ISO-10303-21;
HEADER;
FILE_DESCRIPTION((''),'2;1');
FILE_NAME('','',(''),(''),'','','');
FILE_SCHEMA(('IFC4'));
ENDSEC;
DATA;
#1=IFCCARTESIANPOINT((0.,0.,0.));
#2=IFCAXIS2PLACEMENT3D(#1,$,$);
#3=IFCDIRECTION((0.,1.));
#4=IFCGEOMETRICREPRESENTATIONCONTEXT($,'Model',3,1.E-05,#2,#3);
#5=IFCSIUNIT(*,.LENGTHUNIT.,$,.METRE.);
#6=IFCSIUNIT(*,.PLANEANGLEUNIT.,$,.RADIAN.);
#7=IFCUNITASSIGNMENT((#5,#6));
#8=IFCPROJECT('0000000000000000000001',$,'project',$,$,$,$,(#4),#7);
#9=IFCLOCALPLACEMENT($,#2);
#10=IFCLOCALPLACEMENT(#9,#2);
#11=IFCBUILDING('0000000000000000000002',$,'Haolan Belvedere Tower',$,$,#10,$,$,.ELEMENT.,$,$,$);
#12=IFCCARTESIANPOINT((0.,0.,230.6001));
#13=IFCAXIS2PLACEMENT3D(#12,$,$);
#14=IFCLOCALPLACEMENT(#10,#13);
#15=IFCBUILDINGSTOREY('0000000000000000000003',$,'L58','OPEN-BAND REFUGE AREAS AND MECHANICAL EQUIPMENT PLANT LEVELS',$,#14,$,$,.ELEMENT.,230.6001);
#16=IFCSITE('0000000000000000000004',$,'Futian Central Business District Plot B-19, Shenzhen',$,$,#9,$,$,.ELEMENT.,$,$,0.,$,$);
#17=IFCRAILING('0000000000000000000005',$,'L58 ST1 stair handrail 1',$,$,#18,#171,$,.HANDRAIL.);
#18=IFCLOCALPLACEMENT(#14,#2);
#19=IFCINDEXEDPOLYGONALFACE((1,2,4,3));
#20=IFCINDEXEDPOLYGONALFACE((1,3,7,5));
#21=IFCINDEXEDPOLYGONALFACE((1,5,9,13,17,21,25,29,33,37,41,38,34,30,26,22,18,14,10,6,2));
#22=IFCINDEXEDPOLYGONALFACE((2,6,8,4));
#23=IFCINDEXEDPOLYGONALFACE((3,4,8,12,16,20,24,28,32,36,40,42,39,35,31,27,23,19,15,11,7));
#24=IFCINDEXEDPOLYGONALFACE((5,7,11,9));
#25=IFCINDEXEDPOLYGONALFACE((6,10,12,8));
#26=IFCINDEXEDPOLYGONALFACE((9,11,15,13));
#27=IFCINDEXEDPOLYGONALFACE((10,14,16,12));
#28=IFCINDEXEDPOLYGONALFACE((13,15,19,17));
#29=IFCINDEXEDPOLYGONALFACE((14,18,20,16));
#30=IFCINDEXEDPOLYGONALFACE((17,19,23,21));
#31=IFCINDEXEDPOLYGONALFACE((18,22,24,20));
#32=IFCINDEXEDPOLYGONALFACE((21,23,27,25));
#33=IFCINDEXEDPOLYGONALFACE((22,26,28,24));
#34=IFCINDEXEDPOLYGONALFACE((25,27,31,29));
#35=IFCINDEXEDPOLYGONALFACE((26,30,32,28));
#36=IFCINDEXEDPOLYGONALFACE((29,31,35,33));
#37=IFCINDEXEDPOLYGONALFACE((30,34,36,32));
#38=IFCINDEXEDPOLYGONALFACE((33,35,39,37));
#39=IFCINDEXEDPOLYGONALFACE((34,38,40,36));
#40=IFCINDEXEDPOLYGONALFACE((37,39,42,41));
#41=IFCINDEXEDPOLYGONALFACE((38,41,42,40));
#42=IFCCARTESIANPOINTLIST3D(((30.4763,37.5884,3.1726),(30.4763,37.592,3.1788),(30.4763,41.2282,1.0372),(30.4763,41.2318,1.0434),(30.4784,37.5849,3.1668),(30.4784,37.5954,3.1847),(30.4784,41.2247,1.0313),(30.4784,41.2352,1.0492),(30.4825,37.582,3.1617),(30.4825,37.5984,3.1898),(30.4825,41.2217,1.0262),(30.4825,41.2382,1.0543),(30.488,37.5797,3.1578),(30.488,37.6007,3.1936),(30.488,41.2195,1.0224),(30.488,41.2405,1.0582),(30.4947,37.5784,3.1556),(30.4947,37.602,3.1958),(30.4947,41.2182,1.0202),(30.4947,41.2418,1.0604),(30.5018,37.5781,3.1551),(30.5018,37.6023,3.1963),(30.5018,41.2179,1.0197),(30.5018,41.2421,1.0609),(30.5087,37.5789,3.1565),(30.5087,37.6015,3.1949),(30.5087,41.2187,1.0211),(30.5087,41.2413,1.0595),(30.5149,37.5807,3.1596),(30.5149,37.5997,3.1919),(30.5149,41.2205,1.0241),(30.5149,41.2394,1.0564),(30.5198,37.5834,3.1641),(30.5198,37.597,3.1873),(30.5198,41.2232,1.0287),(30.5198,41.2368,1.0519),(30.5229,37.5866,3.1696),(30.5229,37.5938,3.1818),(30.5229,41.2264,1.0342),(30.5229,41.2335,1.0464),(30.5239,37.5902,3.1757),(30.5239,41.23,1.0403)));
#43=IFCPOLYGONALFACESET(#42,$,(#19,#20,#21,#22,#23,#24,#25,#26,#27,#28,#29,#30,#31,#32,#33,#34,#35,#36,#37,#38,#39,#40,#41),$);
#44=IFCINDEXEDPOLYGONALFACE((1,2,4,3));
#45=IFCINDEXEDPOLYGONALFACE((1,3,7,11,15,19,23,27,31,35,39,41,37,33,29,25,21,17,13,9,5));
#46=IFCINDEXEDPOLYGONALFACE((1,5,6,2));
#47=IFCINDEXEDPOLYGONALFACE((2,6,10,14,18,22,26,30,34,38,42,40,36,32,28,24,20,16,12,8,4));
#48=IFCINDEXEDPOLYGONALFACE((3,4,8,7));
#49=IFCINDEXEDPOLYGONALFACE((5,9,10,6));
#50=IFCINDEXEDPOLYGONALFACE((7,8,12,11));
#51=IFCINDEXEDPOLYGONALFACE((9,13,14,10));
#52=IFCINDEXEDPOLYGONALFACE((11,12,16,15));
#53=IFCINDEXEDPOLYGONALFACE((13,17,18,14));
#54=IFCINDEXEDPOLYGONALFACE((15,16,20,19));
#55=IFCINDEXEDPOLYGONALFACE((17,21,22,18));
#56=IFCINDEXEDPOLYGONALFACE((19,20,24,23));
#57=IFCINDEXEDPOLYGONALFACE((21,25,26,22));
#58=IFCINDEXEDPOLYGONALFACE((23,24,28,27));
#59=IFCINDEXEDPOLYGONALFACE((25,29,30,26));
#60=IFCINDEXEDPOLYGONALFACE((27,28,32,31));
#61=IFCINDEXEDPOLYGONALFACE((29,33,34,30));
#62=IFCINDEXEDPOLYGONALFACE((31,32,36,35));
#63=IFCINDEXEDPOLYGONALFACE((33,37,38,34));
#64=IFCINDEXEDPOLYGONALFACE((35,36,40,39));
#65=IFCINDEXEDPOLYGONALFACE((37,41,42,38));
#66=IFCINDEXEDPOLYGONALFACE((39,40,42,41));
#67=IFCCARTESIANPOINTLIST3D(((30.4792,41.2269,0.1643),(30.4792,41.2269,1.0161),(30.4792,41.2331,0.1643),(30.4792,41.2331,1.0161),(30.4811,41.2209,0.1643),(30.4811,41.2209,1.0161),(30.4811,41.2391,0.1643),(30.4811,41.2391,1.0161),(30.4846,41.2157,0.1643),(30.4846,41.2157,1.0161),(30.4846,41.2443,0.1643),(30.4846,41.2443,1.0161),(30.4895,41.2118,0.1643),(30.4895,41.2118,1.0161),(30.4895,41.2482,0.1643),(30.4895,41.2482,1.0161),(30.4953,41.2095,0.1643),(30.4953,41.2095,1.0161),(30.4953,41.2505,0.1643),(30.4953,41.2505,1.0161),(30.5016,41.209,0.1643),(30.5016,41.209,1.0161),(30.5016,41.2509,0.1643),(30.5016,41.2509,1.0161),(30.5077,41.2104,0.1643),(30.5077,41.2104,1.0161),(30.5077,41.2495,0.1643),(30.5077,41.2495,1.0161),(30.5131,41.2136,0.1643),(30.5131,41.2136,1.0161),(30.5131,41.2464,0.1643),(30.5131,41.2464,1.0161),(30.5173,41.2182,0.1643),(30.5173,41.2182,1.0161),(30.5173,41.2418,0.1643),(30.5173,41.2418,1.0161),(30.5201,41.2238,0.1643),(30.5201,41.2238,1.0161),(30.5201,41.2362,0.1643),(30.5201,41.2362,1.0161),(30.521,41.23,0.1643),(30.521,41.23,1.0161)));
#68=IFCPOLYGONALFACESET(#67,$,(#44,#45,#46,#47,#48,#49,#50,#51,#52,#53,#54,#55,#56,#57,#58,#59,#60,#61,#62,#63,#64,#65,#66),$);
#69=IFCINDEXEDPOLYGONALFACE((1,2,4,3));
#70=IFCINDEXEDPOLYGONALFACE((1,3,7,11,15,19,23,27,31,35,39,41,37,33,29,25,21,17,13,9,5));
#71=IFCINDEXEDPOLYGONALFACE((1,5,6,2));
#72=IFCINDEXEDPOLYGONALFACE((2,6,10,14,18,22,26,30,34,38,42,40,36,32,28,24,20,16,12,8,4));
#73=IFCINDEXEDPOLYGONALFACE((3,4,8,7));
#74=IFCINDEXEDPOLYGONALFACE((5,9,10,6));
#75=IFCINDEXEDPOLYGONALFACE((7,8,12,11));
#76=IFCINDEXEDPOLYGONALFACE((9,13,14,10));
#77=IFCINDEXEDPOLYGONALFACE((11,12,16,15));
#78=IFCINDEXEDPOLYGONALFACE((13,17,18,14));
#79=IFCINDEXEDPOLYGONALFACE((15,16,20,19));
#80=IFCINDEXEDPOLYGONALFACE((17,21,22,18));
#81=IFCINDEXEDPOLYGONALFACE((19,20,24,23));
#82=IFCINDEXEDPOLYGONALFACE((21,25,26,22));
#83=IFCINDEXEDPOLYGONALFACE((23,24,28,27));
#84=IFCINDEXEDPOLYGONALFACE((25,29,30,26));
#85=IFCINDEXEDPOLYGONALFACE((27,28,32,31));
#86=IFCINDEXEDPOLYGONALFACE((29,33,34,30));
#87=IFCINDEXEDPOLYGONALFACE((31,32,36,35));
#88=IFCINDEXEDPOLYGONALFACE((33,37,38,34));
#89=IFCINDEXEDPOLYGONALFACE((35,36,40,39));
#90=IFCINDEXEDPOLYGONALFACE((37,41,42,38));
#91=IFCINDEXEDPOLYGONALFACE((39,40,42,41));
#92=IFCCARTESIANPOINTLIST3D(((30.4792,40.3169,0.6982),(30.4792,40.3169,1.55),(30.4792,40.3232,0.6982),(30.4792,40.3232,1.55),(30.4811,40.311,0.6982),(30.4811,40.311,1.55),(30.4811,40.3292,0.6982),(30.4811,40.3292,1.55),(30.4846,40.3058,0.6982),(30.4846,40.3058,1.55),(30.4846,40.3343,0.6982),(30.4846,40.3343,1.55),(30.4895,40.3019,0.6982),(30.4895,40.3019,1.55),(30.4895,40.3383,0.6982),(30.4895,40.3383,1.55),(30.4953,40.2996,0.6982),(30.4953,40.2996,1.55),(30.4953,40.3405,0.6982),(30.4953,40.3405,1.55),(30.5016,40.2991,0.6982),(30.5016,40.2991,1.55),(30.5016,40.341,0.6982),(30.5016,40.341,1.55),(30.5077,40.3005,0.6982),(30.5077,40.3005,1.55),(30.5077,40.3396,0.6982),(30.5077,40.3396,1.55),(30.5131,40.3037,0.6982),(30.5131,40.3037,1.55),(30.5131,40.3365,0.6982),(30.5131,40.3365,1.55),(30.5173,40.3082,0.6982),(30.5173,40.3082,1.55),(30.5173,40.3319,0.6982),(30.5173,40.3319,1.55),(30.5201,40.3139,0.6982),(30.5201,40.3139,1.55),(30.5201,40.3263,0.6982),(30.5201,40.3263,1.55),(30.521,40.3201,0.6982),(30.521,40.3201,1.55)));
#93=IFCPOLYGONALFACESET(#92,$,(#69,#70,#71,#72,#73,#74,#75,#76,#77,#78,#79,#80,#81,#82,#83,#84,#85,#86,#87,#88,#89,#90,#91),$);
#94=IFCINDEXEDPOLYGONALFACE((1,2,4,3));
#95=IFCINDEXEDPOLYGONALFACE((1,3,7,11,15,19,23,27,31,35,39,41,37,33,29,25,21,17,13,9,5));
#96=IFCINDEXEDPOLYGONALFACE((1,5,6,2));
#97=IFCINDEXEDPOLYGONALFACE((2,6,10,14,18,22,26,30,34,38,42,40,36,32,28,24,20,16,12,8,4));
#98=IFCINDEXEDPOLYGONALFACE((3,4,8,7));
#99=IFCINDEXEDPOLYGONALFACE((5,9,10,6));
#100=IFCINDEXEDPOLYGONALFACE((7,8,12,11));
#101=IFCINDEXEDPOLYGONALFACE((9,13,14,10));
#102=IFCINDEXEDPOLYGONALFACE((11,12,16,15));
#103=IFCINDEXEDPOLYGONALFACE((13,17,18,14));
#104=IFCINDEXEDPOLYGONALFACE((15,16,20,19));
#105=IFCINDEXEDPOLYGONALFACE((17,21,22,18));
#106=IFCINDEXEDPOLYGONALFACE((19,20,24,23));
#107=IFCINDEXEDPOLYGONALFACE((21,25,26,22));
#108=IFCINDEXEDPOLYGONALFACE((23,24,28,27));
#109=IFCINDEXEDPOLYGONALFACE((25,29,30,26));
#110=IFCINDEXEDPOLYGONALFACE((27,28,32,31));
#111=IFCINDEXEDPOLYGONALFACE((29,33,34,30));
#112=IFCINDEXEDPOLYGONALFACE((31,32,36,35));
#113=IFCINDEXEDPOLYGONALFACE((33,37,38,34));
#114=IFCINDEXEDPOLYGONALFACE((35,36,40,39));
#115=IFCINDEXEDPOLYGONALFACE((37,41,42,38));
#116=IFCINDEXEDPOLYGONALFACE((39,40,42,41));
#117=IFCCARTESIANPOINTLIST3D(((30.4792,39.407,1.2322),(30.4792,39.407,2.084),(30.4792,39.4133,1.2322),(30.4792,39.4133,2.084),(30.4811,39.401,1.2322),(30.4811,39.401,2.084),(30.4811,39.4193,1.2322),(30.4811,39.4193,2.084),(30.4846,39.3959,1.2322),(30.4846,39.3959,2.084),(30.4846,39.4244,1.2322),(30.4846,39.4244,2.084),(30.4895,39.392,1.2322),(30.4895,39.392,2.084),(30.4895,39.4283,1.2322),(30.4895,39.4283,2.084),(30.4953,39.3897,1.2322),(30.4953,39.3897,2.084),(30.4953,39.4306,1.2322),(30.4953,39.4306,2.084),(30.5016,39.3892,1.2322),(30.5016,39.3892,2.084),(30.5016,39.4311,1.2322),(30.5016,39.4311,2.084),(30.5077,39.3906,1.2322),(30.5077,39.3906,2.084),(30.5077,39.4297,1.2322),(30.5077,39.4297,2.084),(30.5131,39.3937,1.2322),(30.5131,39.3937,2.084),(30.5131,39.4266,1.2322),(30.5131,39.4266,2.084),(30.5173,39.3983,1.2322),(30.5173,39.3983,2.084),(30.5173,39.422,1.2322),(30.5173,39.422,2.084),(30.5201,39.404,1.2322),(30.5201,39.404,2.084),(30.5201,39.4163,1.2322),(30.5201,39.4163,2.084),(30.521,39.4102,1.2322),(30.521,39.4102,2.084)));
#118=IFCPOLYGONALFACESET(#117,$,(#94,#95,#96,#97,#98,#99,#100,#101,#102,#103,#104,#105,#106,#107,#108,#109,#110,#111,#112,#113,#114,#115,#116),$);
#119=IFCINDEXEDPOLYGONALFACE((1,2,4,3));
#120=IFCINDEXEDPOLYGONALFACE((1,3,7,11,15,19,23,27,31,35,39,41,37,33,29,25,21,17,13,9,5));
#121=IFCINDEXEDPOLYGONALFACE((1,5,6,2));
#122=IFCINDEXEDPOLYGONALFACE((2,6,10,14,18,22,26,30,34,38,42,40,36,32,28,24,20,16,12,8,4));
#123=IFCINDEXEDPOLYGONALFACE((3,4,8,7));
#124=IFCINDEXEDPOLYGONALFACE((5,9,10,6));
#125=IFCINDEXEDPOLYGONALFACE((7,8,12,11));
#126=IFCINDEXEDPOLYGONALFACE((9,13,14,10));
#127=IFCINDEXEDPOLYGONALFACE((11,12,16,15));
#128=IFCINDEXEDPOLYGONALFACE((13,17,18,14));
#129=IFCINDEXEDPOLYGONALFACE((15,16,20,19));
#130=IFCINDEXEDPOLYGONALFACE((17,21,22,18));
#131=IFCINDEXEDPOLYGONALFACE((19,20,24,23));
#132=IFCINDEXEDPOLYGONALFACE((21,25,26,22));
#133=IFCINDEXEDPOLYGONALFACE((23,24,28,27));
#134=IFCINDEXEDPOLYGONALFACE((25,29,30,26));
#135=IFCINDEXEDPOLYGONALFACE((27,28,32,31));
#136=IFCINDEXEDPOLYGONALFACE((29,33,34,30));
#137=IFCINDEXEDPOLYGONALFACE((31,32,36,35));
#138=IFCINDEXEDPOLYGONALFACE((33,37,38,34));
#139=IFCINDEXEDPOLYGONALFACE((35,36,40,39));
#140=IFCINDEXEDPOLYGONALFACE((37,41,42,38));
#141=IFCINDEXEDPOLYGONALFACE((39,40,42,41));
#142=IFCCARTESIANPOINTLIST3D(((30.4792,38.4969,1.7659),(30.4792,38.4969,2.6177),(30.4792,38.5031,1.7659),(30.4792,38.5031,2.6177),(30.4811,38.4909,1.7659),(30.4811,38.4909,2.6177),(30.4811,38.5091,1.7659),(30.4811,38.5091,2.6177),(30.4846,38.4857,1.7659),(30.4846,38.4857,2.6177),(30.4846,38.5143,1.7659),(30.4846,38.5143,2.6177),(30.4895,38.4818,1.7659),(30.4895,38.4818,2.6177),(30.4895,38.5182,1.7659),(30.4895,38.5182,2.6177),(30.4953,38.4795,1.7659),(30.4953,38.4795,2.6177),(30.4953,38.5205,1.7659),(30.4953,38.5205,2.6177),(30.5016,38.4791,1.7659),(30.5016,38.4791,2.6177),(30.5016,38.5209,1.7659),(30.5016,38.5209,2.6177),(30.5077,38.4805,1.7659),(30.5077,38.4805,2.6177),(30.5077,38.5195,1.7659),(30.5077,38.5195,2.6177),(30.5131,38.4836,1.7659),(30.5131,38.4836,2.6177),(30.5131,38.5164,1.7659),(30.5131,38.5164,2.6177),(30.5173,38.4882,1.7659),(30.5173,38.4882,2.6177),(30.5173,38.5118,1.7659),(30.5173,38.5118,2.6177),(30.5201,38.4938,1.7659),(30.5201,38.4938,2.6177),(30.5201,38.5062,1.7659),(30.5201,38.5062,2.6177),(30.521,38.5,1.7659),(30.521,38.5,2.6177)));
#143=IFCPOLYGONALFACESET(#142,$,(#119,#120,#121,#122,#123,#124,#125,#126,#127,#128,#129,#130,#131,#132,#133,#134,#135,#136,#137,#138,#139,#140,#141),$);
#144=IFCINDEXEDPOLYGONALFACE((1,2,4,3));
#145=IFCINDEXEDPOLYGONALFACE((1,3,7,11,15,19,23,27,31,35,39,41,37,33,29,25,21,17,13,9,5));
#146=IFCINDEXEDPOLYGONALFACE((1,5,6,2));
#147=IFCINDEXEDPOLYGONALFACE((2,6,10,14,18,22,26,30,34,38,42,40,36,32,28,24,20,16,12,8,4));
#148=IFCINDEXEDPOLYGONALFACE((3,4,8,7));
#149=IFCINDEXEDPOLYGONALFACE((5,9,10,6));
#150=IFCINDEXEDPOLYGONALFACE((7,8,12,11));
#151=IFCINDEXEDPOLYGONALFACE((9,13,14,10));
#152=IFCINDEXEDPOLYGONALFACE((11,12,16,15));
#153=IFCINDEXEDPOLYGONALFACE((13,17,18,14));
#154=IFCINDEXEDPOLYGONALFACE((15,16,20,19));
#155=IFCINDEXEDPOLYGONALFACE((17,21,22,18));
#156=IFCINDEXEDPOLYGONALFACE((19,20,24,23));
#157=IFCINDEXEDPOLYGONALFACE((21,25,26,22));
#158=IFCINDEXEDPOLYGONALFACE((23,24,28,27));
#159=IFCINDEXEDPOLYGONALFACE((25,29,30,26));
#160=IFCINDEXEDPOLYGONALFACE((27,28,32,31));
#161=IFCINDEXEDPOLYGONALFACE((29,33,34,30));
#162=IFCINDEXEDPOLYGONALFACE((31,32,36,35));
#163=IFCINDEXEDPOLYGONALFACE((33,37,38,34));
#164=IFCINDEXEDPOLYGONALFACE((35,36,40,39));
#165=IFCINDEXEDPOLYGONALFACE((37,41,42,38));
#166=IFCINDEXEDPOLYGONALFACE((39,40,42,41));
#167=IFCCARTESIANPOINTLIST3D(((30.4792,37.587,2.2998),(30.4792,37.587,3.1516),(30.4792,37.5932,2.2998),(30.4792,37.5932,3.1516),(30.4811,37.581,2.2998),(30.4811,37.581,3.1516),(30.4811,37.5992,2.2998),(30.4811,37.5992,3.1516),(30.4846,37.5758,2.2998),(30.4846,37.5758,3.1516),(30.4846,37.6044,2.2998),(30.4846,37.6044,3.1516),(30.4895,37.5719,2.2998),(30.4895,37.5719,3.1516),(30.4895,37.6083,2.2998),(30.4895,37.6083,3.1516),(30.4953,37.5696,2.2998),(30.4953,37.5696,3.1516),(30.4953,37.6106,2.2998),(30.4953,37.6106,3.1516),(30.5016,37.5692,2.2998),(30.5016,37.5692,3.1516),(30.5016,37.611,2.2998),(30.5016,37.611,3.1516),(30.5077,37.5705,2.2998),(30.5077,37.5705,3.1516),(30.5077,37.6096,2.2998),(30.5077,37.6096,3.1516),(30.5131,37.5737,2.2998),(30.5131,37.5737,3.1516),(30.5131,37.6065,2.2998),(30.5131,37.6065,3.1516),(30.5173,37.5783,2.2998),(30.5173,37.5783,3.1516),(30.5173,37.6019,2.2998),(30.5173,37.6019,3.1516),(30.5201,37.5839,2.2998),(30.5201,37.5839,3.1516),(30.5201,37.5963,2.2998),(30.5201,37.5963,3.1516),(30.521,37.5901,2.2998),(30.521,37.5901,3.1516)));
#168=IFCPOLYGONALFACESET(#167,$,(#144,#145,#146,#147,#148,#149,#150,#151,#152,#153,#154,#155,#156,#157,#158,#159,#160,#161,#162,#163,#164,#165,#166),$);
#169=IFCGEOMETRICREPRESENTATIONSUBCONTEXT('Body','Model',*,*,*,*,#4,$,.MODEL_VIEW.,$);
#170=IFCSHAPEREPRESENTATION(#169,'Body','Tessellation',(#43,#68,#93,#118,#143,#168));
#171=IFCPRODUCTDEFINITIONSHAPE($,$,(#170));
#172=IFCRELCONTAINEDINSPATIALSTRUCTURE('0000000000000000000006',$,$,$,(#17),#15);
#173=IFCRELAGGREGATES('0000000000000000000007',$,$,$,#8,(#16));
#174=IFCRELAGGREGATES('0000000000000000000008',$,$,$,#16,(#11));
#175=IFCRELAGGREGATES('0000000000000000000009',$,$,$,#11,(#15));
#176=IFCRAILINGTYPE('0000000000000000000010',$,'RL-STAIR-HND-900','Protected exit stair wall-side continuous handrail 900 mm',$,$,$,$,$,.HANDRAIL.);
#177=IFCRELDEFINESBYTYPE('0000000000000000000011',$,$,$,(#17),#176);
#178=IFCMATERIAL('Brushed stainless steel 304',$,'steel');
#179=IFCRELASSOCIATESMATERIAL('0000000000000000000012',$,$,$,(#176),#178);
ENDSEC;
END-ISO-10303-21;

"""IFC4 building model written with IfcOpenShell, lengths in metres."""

from ifc_helpers import new_model, si_unit, direction, frame, origin, origin_2d, place, context, subcontext, project, spatial, circle, extrude, material, type_object, element, save


model = new_model("IFC4")

# Units and contexts
model_context = context("Model", 3, precision=1e-05, world=origin(), true_north=direction((0.0, 1.0)))
body_context = subcontext(model_context, "Body", "Model", "MODEL_VIEW")
ifc_project = project(units=[si_unit("LENGTHUNIT", "METRE"), si_unit("PLANEANGLEUNIT", "RADIAN")], contexts=[model_context])

# Site, building, storey
site_placement = place(None, origin())
site = spatial("IfcSite", under=ifc_project, at=site_placement, Name="Futian Central Business District Plot B-19, Shenzhen", CompositionType="ELEMENT", RefElevation=0.0)
building_placement = place(site_placement, origin())
building = spatial("IfcBuilding", under=site, at=building_placement, Name="Haolan Belvedere Tower", CompositionType="ELEMENT")
storey_placement = place(building_placement, frame((0.0, 0.0, 230.6001)))
storey = spatial("IfcBuildingStorey", under=building, at=storey_placement, Name="L58", Description="OPEN-BAND REFUGE AREAS AND MECHANICAL EQUIPMENT PLANT LEVELS", CompositionType="ELEMENT", Elevation=230.6001)

# Railing
ifc_material_1 = material(Name="Brushed stainless steel 304", Category="steel")
railing_type_1 = type_object("IfcRailingType", Name="RL-STAIR-HND-900", Description="Protected exit stair wall-side continuous handrail 900 mm", PredefinedType="HANDRAIL", material=ifc_material_1)
railing_1_placement = place(storey_placement, frame((30.5, 41.23, 0.1643)))
element("IfcRailing", 1, at=railing_1_placement, inside=storey, type_object=railing_type_1, Name="L58 ST1 stair handrail 1", PredefinedType="HANDRAIL", context=body_context, shape_type="SweptSolid", body=[
    extrude(circle(Radius=0.0239, at=origin_2d()), frame((0.0, 0.0, 0.876), z_axis=(0.0, -0.862515, 0.506031), x_axis=(1.0, 0.0, 0.0)), (0.0, 0.0, 1.0), 4.22),
    extrude(circle(Radius=0.021, at=origin_2d()), origin(), (0.0, 0.0, 1.0), 0.8518),
    extrude(circle(Radius=0.021, at=origin_2d()), frame((0.0, -0.9099, 0.5339)), (0.0, 0.0, 1.0), 0.8518),
    extrude(circle(Radius=0.021, at=origin_2d()), frame((0.0, -1.8198, 1.0679)), (0.0, 0.0, 1.0), 0.8518),
    extrude(circle(Radius=0.021, at=origin_2d()), frame((0.0, -2.73, 1.6016)), (0.0, 0.0, 1.0), 0.8518),
    extrude(circle(Radius=0.021, at=origin_2d()), frame((0.0, -3.6399, 2.1355)), (0.0, 0.0, 1.0), 0.8518),
])

save(model, "model.ifc")
